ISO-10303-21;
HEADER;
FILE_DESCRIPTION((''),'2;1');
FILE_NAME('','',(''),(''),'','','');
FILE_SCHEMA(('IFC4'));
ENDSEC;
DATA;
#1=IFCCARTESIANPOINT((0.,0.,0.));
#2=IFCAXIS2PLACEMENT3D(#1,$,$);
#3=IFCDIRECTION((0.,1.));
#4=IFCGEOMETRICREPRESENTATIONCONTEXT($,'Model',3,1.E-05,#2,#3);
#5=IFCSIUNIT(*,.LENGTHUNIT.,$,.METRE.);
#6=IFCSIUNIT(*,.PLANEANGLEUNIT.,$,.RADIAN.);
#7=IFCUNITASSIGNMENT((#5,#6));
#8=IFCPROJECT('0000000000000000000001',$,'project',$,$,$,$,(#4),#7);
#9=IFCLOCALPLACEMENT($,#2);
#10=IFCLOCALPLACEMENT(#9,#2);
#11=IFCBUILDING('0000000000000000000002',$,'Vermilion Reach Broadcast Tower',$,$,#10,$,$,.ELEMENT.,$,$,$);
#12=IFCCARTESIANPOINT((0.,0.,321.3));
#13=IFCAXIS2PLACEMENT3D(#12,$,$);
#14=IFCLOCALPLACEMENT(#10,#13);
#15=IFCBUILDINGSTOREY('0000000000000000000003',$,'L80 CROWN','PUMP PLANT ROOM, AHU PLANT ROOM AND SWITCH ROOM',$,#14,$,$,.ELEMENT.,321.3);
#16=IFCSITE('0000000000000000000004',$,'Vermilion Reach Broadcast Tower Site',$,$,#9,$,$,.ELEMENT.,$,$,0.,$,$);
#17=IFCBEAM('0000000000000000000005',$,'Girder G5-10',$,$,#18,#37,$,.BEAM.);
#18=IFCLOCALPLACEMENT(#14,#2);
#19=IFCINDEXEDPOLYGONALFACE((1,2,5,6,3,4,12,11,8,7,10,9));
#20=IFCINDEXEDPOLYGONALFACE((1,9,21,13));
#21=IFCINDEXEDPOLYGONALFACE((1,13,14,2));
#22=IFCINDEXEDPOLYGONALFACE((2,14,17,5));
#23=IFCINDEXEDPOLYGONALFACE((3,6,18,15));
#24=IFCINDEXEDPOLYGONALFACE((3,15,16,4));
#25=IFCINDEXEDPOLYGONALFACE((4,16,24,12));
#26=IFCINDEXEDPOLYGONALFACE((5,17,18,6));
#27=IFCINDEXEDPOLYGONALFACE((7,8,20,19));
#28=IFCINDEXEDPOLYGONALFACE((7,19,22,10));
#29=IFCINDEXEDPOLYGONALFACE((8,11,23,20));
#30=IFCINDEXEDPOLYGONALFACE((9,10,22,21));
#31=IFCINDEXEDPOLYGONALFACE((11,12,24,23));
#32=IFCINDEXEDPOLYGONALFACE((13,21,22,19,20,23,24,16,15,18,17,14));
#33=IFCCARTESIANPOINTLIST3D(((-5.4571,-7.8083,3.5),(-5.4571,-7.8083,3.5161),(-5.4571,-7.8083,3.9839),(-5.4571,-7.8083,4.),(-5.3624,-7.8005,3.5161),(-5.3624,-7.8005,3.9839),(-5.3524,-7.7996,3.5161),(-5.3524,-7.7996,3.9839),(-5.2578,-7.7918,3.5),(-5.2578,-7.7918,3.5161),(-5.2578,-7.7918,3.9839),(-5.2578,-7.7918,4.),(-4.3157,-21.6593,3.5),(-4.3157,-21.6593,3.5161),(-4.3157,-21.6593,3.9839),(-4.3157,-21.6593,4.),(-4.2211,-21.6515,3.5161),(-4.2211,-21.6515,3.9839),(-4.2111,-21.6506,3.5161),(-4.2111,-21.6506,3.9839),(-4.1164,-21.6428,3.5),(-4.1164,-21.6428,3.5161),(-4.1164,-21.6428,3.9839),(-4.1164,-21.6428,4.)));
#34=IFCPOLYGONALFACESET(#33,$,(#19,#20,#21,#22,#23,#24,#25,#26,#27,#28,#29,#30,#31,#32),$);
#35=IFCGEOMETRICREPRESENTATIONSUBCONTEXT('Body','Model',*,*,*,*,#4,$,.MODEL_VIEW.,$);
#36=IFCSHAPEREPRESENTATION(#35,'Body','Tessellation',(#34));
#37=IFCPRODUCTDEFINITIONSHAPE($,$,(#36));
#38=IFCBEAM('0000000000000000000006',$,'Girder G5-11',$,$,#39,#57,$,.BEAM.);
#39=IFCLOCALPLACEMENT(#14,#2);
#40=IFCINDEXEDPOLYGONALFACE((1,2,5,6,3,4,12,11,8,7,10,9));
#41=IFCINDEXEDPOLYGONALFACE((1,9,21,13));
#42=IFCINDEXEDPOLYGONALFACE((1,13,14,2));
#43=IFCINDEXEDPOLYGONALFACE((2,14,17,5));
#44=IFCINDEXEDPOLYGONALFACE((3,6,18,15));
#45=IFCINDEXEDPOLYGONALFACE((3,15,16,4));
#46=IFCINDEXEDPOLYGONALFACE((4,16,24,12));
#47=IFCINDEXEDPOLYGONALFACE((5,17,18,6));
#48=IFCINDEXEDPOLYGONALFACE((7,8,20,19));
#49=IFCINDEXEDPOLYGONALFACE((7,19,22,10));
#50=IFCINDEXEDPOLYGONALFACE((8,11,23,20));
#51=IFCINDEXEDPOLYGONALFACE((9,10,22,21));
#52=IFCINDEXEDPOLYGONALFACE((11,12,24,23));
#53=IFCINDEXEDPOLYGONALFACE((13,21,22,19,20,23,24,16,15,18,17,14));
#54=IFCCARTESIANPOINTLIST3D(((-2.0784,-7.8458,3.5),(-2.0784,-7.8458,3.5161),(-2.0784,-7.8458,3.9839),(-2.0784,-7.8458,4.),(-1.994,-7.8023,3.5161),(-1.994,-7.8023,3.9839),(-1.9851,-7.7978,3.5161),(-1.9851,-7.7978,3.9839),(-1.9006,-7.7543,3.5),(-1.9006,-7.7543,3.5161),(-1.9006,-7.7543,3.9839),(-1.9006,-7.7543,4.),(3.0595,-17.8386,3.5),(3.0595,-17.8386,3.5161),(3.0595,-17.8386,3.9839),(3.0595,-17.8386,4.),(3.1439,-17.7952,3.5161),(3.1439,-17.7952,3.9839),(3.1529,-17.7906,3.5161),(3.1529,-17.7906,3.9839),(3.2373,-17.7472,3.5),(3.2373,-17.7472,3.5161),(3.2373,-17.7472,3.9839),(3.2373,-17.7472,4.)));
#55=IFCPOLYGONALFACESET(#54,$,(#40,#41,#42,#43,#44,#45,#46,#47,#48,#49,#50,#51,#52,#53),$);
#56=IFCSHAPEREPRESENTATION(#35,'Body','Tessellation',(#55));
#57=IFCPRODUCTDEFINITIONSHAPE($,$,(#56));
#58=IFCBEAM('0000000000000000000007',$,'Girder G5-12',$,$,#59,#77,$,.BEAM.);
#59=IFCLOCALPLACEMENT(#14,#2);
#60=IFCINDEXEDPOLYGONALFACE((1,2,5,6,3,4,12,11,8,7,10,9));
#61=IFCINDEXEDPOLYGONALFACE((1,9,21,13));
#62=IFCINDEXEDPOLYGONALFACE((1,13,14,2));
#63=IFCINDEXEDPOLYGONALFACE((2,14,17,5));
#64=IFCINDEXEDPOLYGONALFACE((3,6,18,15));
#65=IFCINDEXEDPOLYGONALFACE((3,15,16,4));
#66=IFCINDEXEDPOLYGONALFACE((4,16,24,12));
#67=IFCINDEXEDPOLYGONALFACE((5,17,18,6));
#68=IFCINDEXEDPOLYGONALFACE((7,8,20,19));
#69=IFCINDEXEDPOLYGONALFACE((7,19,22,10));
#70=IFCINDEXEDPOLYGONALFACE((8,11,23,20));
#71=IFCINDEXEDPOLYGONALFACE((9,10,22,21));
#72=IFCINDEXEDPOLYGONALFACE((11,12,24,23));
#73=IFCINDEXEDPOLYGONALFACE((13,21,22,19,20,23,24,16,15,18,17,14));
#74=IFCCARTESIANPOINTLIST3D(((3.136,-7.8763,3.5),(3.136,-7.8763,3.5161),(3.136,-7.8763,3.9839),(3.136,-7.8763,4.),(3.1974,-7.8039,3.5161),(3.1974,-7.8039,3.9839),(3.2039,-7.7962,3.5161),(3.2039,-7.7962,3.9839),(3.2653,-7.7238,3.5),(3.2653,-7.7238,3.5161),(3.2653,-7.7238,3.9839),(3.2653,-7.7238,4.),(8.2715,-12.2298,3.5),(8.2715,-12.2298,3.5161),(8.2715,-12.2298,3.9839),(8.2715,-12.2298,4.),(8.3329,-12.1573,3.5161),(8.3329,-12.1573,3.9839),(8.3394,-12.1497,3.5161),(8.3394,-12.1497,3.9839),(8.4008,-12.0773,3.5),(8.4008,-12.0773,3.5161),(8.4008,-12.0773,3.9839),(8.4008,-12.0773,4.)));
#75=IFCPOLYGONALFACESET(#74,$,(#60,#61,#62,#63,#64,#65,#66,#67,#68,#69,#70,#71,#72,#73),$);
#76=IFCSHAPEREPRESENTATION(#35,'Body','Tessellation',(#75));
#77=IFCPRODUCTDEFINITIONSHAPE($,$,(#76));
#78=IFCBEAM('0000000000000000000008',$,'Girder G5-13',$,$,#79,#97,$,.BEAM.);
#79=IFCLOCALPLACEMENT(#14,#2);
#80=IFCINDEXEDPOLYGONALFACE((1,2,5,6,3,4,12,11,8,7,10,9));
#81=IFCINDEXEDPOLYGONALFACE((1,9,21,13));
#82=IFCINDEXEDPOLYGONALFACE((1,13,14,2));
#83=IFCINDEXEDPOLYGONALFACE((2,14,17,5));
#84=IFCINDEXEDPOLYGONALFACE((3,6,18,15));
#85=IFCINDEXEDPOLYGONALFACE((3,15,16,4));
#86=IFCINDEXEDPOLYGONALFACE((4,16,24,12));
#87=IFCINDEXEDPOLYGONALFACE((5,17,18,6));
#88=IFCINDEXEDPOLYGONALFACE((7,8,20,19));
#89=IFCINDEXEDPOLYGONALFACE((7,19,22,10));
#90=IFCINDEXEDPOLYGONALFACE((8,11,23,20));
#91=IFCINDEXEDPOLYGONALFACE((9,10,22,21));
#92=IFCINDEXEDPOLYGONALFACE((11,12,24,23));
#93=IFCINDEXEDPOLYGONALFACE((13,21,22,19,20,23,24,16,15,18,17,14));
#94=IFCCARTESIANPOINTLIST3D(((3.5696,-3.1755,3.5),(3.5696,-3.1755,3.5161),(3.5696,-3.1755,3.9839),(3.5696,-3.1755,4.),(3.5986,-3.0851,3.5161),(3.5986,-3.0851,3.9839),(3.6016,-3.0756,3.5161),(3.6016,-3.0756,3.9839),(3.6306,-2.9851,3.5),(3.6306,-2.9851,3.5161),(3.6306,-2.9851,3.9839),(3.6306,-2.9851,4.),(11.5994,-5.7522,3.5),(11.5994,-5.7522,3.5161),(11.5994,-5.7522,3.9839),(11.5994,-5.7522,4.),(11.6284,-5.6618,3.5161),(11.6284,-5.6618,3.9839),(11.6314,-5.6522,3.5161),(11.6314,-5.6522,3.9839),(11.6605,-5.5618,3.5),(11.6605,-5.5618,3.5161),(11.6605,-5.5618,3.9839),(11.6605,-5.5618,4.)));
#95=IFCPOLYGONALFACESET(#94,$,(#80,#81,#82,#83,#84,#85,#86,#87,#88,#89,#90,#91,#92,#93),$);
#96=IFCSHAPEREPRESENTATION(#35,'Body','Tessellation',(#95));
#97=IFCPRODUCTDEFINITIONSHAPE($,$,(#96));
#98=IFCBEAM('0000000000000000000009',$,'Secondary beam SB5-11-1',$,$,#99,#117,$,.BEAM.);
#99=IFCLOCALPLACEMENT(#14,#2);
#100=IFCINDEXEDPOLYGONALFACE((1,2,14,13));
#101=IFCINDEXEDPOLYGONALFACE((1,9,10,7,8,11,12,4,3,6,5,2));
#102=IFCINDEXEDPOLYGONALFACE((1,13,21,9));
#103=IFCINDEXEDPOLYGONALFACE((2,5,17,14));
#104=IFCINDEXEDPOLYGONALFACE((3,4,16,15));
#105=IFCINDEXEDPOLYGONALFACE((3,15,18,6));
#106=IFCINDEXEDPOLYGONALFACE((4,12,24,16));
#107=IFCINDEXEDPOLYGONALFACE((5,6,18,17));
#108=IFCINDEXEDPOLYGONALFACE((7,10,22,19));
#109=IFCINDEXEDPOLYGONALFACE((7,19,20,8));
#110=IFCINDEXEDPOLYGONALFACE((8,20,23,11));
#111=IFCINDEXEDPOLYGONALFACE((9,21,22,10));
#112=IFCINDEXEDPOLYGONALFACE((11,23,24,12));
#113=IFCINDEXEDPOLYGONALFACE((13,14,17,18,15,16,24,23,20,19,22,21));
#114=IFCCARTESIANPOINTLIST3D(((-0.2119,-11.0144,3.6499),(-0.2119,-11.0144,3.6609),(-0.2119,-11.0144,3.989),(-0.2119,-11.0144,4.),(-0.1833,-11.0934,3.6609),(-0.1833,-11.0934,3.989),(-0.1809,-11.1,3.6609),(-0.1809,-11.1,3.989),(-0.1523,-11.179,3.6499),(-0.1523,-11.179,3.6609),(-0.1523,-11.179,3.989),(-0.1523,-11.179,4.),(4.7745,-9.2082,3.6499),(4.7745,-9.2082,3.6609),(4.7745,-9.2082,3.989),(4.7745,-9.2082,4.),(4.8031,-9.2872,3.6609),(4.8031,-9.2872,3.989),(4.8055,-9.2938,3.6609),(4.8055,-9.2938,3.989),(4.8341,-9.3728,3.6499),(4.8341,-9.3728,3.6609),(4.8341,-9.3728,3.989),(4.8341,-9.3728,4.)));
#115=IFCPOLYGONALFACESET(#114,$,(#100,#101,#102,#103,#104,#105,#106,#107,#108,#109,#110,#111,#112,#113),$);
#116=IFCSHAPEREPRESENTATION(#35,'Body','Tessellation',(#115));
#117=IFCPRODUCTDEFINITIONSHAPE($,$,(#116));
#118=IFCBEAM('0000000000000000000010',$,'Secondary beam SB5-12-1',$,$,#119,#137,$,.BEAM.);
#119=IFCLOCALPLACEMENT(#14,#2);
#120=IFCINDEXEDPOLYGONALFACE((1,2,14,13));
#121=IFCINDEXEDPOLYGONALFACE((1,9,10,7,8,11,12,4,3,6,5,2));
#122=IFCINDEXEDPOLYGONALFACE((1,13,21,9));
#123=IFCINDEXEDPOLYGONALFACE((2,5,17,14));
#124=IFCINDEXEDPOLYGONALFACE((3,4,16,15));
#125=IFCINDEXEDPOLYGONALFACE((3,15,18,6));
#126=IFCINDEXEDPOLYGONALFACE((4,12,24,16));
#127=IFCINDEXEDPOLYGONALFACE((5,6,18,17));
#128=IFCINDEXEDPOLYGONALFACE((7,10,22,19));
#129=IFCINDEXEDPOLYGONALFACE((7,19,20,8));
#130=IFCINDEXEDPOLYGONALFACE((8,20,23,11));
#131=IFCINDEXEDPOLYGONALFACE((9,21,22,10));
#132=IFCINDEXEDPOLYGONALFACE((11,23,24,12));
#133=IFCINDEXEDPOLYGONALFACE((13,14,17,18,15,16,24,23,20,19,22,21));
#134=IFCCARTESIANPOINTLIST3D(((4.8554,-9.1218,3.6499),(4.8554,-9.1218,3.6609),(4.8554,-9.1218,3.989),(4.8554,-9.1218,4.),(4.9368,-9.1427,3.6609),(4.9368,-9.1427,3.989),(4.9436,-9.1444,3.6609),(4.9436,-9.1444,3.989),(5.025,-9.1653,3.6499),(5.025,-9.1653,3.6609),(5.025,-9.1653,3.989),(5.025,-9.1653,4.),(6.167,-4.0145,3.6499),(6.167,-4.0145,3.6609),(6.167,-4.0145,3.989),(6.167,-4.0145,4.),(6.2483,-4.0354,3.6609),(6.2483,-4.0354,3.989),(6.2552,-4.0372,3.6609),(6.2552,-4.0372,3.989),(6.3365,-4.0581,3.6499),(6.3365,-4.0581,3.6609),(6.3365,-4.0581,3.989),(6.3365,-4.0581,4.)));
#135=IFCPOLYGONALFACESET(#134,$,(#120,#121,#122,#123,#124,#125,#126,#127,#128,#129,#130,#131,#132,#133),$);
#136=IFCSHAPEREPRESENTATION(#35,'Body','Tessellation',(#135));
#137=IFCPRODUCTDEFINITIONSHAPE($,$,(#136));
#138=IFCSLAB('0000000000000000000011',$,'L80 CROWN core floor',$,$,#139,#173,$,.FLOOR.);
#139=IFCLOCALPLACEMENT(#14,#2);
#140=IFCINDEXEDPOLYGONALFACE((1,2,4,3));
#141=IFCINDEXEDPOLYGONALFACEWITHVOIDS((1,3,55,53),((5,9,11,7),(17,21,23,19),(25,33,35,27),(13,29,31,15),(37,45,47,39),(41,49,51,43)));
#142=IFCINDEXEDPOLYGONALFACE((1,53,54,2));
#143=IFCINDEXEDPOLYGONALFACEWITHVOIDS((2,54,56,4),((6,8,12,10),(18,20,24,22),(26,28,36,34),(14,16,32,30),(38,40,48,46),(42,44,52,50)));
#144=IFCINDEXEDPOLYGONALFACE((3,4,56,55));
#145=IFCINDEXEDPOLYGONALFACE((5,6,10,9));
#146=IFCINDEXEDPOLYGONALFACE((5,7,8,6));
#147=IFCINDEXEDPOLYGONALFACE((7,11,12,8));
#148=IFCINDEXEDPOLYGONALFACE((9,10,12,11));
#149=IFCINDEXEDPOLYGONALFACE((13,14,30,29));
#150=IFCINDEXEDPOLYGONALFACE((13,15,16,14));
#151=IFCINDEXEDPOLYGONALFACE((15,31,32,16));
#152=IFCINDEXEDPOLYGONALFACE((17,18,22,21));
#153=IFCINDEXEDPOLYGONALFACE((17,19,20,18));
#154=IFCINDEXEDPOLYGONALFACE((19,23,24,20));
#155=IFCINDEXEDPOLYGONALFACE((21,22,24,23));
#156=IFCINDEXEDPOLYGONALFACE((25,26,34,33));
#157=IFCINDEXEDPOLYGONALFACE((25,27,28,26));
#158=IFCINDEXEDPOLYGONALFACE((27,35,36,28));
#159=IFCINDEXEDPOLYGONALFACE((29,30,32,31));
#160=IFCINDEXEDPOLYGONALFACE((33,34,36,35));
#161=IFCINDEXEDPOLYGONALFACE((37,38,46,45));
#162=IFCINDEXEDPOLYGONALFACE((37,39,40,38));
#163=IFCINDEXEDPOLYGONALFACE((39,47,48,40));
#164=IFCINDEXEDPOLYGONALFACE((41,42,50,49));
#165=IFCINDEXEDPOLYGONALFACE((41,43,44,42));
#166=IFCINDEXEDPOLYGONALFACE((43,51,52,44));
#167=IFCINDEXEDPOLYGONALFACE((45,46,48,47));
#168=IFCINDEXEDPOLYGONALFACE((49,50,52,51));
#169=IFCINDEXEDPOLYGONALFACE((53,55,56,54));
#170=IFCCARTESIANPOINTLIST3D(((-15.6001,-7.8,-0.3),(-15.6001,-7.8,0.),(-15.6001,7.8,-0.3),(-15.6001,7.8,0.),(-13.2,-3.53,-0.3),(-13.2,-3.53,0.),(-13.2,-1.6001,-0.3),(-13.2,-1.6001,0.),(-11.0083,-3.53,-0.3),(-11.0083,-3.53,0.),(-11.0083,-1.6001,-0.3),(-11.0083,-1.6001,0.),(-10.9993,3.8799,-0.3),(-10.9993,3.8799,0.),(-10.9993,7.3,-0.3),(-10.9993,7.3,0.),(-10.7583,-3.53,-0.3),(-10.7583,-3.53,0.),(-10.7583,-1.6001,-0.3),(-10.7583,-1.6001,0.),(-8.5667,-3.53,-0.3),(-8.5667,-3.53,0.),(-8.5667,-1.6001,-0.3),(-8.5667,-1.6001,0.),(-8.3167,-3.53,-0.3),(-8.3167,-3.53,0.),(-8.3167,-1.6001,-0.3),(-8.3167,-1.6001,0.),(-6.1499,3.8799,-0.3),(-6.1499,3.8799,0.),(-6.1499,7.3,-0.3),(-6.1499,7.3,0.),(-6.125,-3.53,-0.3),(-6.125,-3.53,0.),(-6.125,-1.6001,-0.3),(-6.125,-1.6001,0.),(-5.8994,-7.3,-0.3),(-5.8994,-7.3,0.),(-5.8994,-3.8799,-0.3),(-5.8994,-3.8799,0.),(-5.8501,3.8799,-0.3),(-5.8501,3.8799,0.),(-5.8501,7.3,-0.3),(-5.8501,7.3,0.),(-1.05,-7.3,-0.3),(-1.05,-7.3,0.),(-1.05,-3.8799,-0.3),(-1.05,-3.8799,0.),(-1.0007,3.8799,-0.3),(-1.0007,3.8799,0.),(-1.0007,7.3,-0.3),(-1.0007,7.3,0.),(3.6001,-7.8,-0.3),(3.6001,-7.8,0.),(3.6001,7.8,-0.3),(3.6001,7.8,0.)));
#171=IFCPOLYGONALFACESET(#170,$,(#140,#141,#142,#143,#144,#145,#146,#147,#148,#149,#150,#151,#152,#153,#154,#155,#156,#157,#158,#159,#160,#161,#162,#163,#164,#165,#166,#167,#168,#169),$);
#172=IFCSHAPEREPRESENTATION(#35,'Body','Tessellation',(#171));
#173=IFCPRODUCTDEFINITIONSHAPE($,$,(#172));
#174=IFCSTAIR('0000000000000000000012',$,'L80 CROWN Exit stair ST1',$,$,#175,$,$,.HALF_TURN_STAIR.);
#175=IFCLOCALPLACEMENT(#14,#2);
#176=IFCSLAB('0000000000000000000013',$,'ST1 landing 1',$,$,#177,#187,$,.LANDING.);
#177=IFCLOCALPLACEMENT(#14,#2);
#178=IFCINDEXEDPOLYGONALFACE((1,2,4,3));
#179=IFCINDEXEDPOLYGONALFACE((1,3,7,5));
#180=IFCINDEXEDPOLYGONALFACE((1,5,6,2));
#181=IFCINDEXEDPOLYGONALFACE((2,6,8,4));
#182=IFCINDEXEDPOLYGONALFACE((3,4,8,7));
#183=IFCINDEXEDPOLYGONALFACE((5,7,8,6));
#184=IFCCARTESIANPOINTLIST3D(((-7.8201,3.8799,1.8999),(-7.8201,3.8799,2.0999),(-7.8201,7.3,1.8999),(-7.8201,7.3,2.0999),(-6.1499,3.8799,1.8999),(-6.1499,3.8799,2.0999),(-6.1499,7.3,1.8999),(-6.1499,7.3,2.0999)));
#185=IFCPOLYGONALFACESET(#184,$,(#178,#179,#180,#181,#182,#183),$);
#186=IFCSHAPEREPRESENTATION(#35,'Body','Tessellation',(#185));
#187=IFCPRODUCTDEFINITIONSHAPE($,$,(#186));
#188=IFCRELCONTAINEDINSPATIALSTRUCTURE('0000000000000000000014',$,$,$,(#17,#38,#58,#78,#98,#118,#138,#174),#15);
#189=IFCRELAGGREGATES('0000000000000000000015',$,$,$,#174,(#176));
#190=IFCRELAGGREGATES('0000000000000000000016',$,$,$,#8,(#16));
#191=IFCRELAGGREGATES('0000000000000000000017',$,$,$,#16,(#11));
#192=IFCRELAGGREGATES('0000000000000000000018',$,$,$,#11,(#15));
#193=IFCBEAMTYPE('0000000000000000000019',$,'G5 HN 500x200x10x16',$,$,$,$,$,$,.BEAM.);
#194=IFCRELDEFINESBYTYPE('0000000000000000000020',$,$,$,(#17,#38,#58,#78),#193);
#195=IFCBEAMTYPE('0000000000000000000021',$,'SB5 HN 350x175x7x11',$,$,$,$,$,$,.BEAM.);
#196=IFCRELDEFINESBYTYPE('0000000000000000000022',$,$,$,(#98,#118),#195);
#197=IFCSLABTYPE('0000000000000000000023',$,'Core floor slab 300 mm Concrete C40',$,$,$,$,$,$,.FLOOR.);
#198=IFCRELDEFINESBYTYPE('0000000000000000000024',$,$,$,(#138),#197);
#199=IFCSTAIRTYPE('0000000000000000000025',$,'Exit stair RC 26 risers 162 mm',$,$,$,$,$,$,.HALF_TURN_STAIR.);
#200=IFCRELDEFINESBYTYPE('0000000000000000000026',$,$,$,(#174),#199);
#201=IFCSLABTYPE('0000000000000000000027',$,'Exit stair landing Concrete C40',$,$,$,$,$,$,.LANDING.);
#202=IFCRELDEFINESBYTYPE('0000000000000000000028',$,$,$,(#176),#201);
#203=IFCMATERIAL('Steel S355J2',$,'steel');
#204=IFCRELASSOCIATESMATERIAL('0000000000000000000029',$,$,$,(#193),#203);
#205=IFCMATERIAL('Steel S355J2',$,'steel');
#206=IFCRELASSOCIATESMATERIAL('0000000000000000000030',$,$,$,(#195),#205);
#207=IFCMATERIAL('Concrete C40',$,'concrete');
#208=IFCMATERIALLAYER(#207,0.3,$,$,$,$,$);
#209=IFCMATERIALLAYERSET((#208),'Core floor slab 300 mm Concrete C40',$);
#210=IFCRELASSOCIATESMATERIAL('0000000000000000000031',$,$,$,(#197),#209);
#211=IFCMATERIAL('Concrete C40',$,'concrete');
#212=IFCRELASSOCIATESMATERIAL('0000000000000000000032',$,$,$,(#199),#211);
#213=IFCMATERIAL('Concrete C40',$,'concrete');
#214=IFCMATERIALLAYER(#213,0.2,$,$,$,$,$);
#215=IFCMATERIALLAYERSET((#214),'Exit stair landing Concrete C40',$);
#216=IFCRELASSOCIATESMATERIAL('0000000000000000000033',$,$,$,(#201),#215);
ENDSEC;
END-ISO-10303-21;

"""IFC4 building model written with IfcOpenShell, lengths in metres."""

from ifc_helpers import new_model, si_unit, direction, frame, origin, origin_2d, place, context, subcontext, project, spatial, polyline, i_section, outline, extrude, material, layer, layer_set, material_profile, profile_set, type_object, element, aggregate, save


model = new_model("IFC4")

# Units and contexts
model_context = context("Model", 3, precision=1e-05, world=origin(), true_north=direction((0.0, 1.0)))
body_context = subcontext(model_context, "Body", "Model", "MODEL_VIEW")
ifc_project = project(units=[si_unit("LENGTHUNIT", "METRE"), si_unit("PLANEANGLEUNIT", "RADIAN")], contexts=[model_context])

# Site, building, storey
site_placement = place(None, origin())
site = spatial("IfcSite", under=ifc_project, at=site_placement, Name="Vermilion Reach Broadcast Tower Site", CompositionType="ELEMENT", RefElevation=0.0)
building_placement = place(site_placement, origin())
building = spatial("IfcBuilding", under=site, at=building_placement, Name="Vermilion Reach Broadcast Tower", CompositionType="ELEMENT")
storey_placement = place(building_placement, frame((0.0, 0.0, 321.3)))
storey = spatial("IfcBuildingStorey", under=building, at=storey_placement, Name="L80 CROWN", Description="PUMP PLANT ROOM, AHU PLANT ROOM AND SWITCH ROOM", CompositionType="ELEMENT", Elevation=321.3)

# Beams
ifc_material_1 = material(Name="Steel S355J2", Category="steel")
ifc_material_profile_1 = material_profile(ifc_material_1, i_section(OverallWidth=0.2, OverallDepth=0.5, WebThickness=0.01, FlangeThickness=0.0161, at=origin_2d()), Name="S355J2 HN 500x200x10x16")
ifc_profile_set_1 = profile_set([ifc_material_profile_1], Name="Steel S355J2")
beam_type_1 = type_object("IfcBeamType", Name="G5 HN 500x200x10x16", PredefinedType="BEAM", material=ifc_profile_set_1)
beam_1_placement = place(storey_placement, frame((-5.3574, -7.8, 3.75), z_axis=(0.082124, -0.996622, 0.0), x_axis=(0.996622, 0.082124, 0.0)))
element("IfcBeam", 1, at=beam_1_placement, inside=storey, type_object=beam_type_1, Name="Girder G5-10", PredefinedType="BEAM", context=body_context, shape_type="SweptSolid", body=[
    extrude(i_section(OverallWidth=0.2, OverallDepth=0.5, WebThickness=0.01, FlangeThickness=0.0161, at=origin_2d()), origin(), (0.0, 0.0, 1.0), 13.8979),
])
beam_2_placement = place(storey_placement, frame((-1.9895, -7.8, 3.75), z_axis=(0.457258, -0.889334, 0.0), x_axis=(0.889334, 0.457258, 0.0)))
element("IfcBeam", 2, at=beam_2_placement, inside=storey, type_object=beam_type_1, Name="Girder G5-11", PredefinedType="BEAM", context=body_context, shape_type="SweptSolid", body=[
    extrude(i_section(OverallWidth=0.2, OverallDepth=0.5, WebThickness=0.01, FlangeThickness=0.0161, at=origin_2d()), origin(), (0.0, 0.0, 1.0), 11.2363),
])
beam_3_placement = place(storey_placement, frame((3.2007, -7.8, 3.75), z_axis=(0.762793, -0.646643, 0.0), x_axis=(0.646643, 0.762793, 0.0)))
element("IfcBeam", 3, at=beam_3_placement, inside=storey, type_object=beam_type_1, Name="Girder G5-12", PredefinedType="BEAM", context=body_context, shape_type="SweptSolid", body=[
    extrude(i_section(OverallWidth=0.2, OverallDepth=0.5, WebThickness=0.01, FlangeThickness=0.0161, at=origin_2d()), origin(), (0.0, 0.0, 1.0), 6.7324),
])
beam_4_placement = place(storey_placement, frame((3.6001, -3.0803, 3.75), z_axis=(0.952178, -0.305542, 0.0), x_axis=(0.305542, 0.952178, 0.0)))
element("IfcBeam", 4, at=beam_4_placement, inside=storey, type_object=beam_type_1, Name="Girder G5-13", PredefinedType="BEAM", context=body_context, shape_type="SweptSolid", body=[
    extrude(i_section(OverallWidth=0.2, OverallDepth=0.5, WebThickness=0.01, FlangeThickness=0.0161, at=origin_2d()), origin(), (0.0, 0.0, 1.0), 8.4331),
])
ifc_material_2 = material(Name="Steel S355J2", Category="steel")
ifc_material_profile_2 = material_profile(ifc_material_2, i_section(OverallWidth=0.175, OverallDepth=0.3501, WebThickness=0.0071, FlangeThickness=0.011, at=origin_2d()), Name="S355J2 HN 350x175x7x11")
ifc_profile_set_2 = profile_set([ifc_material_profile_2], Name="Steel S355J2")
beam_type_2 = type_object("IfcBeamType", Name="SB5 HN 350x175x7x11", PredefinedType="BEAM", material=ifc_profile_set_2)
beam_5_placement = place(storey_placement, frame((-0.1821, -11.0967, 3.825), z_axis=(0.94022, 0.340567, 0.0), x_axis=(-0.340567, 0.94022, 0.0)))
element("IfcBeam", 5, at=beam_5_placement, inside=storey, type_object=beam_type_2, Name="Secondary beam SB5-11-1", PredefinedType="BEAM", context=body_context, shape_type="SweptSolid", body=[
    extrude(i_section(OverallWidth=0.175, OverallDepth=0.3501, WebThickness=0.0071, FlangeThickness=0.011, at=origin_2d()), origin(), (0.0, 0.0, 1.0), 5.3035),
])
beam_6_placement = place(storey_placement, frame((4.9402, -9.1436, 3.825), z_axis=(0.24873, 0.968573, 0.0), x_axis=(-0.968573, 0.24873, 0.0)))
element("IfcBeam", 6, at=beam_6_placement, inside=storey, type_object=beam_type_2, Name="Secondary beam SB5-12-1", PredefinedType="BEAM", context=body_context, shape_type="SweptSolid", body=[
    extrude(i_section(OverallWidth=0.175, OverallDepth=0.3501, WebThickness=0.0071, FlangeThickness=0.011, at=origin_2d()), origin(), (0.0, 0.0, 1.0), 5.2729),
])

# Slab
ifc_material_3 = material(Name="Concrete C40", Category="concrete")
ifc_layer_1 = layer(ifc_material_3, 0.3)
ifc_layer_set_1 = layer_set([ifc_layer_1], Name="Core floor slab 300 mm Concrete C40")
slab_type_1 = type_object("IfcSlabType", Name="Core floor slab 300 mm Concrete C40", PredefinedType="FLOOR", material=ifc_layer_set_1)
slab_1_placement = place(storey_placement, frame((0.0, 0.0, -0.3)))
element("IfcSlab", 7, at=slab_1_placement, inside=storey, type_object=slab_type_1, Name="L80 CROWN core floor", PredefinedType="FLOOR", context=body_context, shape_type="SweptSolid", body=[
    extrude(outline(polyline([(-15.6001, -7.8), (3.6001, -7.8), (3.6001, 7.8), (-15.6001, 7.8), (-15.6001, -7.8)]), holes=[polyline([(-13.2, -3.53), (-11.0083, -3.53), (-11.0083, -1.6001), (-13.2, -1.6001), (-13.2, -3.53)]), polyline([(-10.7583, -3.53), (-8.5667, -3.53), (-8.5667, -1.6001), (-10.7583, -1.6001), (-10.7583, -3.53)]), polyline([(-8.3167, -3.53), (-6.125, -3.53), (-6.125, -1.6001), (-8.3167, -1.6001), (-8.3167, -3.53)]), polyline([(-10.9993, 3.8799), (-6.1499, 3.8799), (-6.1499, 7.3), (-10.9993, 7.3), (-10.9993, 3.8799)]), polyline([(-1.0007, 7.3), (-5.8501, 7.3), (-5.8501, 3.8799), (-1.0007, 3.8799), (-1.0007, 7.3)]), polyline([(-5.8994, -7.3), (-1.05, -7.3), (-1.05, -3.8799), (-5.8994, -3.8799), (-5.8994, -7.3)])]), origin(), (0.0, 0.0, 1.0), 0.3),
])

# Stair, slab
ifc_material_4 = material(Name="Concrete C40", Category="concrete")
stair_type = type_object("IfcStairType", Name="Exit stair RC 26 risers 162 mm", PredefinedType="HALF_TURN_STAIR", material=ifc_material_4)
placement_1 = place(storey_placement, origin())
stair_1 = element("IfcStair", 8, at=placement_1, inside=storey, type_object=stair_type, Name="L80 CROWN Exit stair ST1", PredefinedType="HALF_TURN_STAIR")
ifc_material_5 = material(Name="Concrete C40", Category="concrete")
ifc_layer_2 = layer(ifc_material_5, 0.2)
ifc_layer_set_2 = layer_set([ifc_layer_2], Name="Exit stair landing Concrete C40")
slab_type_2 = type_object("IfcSlabType", Name="Exit stair landing Concrete C40", PredefinedType="LANDING", material=ifc_layer_set_2)
placement_2 = place(storey_placement, frame((0.0, 0.0, 1.8999)))
slab_2 = element("IfcSlab", 9, at=placement_2, type_object=slab_type_2, Name="ST1 landing 1", PredefinedType="LANDING", context=body_context, shape_type="SweptSolid", body=[
    extrude(outline(polyline([(-7.8201, 3.8799), (-6.1499, 3.8799), (-6.1499, 7.3), (-7.8201, 7.3), (-7.8201, 3.8799)])), origin(), (0.0, 0.0, 1.0), 0.2),
])
aggregate(stair_1, [slab_2])

save(model, "model.ifc")
